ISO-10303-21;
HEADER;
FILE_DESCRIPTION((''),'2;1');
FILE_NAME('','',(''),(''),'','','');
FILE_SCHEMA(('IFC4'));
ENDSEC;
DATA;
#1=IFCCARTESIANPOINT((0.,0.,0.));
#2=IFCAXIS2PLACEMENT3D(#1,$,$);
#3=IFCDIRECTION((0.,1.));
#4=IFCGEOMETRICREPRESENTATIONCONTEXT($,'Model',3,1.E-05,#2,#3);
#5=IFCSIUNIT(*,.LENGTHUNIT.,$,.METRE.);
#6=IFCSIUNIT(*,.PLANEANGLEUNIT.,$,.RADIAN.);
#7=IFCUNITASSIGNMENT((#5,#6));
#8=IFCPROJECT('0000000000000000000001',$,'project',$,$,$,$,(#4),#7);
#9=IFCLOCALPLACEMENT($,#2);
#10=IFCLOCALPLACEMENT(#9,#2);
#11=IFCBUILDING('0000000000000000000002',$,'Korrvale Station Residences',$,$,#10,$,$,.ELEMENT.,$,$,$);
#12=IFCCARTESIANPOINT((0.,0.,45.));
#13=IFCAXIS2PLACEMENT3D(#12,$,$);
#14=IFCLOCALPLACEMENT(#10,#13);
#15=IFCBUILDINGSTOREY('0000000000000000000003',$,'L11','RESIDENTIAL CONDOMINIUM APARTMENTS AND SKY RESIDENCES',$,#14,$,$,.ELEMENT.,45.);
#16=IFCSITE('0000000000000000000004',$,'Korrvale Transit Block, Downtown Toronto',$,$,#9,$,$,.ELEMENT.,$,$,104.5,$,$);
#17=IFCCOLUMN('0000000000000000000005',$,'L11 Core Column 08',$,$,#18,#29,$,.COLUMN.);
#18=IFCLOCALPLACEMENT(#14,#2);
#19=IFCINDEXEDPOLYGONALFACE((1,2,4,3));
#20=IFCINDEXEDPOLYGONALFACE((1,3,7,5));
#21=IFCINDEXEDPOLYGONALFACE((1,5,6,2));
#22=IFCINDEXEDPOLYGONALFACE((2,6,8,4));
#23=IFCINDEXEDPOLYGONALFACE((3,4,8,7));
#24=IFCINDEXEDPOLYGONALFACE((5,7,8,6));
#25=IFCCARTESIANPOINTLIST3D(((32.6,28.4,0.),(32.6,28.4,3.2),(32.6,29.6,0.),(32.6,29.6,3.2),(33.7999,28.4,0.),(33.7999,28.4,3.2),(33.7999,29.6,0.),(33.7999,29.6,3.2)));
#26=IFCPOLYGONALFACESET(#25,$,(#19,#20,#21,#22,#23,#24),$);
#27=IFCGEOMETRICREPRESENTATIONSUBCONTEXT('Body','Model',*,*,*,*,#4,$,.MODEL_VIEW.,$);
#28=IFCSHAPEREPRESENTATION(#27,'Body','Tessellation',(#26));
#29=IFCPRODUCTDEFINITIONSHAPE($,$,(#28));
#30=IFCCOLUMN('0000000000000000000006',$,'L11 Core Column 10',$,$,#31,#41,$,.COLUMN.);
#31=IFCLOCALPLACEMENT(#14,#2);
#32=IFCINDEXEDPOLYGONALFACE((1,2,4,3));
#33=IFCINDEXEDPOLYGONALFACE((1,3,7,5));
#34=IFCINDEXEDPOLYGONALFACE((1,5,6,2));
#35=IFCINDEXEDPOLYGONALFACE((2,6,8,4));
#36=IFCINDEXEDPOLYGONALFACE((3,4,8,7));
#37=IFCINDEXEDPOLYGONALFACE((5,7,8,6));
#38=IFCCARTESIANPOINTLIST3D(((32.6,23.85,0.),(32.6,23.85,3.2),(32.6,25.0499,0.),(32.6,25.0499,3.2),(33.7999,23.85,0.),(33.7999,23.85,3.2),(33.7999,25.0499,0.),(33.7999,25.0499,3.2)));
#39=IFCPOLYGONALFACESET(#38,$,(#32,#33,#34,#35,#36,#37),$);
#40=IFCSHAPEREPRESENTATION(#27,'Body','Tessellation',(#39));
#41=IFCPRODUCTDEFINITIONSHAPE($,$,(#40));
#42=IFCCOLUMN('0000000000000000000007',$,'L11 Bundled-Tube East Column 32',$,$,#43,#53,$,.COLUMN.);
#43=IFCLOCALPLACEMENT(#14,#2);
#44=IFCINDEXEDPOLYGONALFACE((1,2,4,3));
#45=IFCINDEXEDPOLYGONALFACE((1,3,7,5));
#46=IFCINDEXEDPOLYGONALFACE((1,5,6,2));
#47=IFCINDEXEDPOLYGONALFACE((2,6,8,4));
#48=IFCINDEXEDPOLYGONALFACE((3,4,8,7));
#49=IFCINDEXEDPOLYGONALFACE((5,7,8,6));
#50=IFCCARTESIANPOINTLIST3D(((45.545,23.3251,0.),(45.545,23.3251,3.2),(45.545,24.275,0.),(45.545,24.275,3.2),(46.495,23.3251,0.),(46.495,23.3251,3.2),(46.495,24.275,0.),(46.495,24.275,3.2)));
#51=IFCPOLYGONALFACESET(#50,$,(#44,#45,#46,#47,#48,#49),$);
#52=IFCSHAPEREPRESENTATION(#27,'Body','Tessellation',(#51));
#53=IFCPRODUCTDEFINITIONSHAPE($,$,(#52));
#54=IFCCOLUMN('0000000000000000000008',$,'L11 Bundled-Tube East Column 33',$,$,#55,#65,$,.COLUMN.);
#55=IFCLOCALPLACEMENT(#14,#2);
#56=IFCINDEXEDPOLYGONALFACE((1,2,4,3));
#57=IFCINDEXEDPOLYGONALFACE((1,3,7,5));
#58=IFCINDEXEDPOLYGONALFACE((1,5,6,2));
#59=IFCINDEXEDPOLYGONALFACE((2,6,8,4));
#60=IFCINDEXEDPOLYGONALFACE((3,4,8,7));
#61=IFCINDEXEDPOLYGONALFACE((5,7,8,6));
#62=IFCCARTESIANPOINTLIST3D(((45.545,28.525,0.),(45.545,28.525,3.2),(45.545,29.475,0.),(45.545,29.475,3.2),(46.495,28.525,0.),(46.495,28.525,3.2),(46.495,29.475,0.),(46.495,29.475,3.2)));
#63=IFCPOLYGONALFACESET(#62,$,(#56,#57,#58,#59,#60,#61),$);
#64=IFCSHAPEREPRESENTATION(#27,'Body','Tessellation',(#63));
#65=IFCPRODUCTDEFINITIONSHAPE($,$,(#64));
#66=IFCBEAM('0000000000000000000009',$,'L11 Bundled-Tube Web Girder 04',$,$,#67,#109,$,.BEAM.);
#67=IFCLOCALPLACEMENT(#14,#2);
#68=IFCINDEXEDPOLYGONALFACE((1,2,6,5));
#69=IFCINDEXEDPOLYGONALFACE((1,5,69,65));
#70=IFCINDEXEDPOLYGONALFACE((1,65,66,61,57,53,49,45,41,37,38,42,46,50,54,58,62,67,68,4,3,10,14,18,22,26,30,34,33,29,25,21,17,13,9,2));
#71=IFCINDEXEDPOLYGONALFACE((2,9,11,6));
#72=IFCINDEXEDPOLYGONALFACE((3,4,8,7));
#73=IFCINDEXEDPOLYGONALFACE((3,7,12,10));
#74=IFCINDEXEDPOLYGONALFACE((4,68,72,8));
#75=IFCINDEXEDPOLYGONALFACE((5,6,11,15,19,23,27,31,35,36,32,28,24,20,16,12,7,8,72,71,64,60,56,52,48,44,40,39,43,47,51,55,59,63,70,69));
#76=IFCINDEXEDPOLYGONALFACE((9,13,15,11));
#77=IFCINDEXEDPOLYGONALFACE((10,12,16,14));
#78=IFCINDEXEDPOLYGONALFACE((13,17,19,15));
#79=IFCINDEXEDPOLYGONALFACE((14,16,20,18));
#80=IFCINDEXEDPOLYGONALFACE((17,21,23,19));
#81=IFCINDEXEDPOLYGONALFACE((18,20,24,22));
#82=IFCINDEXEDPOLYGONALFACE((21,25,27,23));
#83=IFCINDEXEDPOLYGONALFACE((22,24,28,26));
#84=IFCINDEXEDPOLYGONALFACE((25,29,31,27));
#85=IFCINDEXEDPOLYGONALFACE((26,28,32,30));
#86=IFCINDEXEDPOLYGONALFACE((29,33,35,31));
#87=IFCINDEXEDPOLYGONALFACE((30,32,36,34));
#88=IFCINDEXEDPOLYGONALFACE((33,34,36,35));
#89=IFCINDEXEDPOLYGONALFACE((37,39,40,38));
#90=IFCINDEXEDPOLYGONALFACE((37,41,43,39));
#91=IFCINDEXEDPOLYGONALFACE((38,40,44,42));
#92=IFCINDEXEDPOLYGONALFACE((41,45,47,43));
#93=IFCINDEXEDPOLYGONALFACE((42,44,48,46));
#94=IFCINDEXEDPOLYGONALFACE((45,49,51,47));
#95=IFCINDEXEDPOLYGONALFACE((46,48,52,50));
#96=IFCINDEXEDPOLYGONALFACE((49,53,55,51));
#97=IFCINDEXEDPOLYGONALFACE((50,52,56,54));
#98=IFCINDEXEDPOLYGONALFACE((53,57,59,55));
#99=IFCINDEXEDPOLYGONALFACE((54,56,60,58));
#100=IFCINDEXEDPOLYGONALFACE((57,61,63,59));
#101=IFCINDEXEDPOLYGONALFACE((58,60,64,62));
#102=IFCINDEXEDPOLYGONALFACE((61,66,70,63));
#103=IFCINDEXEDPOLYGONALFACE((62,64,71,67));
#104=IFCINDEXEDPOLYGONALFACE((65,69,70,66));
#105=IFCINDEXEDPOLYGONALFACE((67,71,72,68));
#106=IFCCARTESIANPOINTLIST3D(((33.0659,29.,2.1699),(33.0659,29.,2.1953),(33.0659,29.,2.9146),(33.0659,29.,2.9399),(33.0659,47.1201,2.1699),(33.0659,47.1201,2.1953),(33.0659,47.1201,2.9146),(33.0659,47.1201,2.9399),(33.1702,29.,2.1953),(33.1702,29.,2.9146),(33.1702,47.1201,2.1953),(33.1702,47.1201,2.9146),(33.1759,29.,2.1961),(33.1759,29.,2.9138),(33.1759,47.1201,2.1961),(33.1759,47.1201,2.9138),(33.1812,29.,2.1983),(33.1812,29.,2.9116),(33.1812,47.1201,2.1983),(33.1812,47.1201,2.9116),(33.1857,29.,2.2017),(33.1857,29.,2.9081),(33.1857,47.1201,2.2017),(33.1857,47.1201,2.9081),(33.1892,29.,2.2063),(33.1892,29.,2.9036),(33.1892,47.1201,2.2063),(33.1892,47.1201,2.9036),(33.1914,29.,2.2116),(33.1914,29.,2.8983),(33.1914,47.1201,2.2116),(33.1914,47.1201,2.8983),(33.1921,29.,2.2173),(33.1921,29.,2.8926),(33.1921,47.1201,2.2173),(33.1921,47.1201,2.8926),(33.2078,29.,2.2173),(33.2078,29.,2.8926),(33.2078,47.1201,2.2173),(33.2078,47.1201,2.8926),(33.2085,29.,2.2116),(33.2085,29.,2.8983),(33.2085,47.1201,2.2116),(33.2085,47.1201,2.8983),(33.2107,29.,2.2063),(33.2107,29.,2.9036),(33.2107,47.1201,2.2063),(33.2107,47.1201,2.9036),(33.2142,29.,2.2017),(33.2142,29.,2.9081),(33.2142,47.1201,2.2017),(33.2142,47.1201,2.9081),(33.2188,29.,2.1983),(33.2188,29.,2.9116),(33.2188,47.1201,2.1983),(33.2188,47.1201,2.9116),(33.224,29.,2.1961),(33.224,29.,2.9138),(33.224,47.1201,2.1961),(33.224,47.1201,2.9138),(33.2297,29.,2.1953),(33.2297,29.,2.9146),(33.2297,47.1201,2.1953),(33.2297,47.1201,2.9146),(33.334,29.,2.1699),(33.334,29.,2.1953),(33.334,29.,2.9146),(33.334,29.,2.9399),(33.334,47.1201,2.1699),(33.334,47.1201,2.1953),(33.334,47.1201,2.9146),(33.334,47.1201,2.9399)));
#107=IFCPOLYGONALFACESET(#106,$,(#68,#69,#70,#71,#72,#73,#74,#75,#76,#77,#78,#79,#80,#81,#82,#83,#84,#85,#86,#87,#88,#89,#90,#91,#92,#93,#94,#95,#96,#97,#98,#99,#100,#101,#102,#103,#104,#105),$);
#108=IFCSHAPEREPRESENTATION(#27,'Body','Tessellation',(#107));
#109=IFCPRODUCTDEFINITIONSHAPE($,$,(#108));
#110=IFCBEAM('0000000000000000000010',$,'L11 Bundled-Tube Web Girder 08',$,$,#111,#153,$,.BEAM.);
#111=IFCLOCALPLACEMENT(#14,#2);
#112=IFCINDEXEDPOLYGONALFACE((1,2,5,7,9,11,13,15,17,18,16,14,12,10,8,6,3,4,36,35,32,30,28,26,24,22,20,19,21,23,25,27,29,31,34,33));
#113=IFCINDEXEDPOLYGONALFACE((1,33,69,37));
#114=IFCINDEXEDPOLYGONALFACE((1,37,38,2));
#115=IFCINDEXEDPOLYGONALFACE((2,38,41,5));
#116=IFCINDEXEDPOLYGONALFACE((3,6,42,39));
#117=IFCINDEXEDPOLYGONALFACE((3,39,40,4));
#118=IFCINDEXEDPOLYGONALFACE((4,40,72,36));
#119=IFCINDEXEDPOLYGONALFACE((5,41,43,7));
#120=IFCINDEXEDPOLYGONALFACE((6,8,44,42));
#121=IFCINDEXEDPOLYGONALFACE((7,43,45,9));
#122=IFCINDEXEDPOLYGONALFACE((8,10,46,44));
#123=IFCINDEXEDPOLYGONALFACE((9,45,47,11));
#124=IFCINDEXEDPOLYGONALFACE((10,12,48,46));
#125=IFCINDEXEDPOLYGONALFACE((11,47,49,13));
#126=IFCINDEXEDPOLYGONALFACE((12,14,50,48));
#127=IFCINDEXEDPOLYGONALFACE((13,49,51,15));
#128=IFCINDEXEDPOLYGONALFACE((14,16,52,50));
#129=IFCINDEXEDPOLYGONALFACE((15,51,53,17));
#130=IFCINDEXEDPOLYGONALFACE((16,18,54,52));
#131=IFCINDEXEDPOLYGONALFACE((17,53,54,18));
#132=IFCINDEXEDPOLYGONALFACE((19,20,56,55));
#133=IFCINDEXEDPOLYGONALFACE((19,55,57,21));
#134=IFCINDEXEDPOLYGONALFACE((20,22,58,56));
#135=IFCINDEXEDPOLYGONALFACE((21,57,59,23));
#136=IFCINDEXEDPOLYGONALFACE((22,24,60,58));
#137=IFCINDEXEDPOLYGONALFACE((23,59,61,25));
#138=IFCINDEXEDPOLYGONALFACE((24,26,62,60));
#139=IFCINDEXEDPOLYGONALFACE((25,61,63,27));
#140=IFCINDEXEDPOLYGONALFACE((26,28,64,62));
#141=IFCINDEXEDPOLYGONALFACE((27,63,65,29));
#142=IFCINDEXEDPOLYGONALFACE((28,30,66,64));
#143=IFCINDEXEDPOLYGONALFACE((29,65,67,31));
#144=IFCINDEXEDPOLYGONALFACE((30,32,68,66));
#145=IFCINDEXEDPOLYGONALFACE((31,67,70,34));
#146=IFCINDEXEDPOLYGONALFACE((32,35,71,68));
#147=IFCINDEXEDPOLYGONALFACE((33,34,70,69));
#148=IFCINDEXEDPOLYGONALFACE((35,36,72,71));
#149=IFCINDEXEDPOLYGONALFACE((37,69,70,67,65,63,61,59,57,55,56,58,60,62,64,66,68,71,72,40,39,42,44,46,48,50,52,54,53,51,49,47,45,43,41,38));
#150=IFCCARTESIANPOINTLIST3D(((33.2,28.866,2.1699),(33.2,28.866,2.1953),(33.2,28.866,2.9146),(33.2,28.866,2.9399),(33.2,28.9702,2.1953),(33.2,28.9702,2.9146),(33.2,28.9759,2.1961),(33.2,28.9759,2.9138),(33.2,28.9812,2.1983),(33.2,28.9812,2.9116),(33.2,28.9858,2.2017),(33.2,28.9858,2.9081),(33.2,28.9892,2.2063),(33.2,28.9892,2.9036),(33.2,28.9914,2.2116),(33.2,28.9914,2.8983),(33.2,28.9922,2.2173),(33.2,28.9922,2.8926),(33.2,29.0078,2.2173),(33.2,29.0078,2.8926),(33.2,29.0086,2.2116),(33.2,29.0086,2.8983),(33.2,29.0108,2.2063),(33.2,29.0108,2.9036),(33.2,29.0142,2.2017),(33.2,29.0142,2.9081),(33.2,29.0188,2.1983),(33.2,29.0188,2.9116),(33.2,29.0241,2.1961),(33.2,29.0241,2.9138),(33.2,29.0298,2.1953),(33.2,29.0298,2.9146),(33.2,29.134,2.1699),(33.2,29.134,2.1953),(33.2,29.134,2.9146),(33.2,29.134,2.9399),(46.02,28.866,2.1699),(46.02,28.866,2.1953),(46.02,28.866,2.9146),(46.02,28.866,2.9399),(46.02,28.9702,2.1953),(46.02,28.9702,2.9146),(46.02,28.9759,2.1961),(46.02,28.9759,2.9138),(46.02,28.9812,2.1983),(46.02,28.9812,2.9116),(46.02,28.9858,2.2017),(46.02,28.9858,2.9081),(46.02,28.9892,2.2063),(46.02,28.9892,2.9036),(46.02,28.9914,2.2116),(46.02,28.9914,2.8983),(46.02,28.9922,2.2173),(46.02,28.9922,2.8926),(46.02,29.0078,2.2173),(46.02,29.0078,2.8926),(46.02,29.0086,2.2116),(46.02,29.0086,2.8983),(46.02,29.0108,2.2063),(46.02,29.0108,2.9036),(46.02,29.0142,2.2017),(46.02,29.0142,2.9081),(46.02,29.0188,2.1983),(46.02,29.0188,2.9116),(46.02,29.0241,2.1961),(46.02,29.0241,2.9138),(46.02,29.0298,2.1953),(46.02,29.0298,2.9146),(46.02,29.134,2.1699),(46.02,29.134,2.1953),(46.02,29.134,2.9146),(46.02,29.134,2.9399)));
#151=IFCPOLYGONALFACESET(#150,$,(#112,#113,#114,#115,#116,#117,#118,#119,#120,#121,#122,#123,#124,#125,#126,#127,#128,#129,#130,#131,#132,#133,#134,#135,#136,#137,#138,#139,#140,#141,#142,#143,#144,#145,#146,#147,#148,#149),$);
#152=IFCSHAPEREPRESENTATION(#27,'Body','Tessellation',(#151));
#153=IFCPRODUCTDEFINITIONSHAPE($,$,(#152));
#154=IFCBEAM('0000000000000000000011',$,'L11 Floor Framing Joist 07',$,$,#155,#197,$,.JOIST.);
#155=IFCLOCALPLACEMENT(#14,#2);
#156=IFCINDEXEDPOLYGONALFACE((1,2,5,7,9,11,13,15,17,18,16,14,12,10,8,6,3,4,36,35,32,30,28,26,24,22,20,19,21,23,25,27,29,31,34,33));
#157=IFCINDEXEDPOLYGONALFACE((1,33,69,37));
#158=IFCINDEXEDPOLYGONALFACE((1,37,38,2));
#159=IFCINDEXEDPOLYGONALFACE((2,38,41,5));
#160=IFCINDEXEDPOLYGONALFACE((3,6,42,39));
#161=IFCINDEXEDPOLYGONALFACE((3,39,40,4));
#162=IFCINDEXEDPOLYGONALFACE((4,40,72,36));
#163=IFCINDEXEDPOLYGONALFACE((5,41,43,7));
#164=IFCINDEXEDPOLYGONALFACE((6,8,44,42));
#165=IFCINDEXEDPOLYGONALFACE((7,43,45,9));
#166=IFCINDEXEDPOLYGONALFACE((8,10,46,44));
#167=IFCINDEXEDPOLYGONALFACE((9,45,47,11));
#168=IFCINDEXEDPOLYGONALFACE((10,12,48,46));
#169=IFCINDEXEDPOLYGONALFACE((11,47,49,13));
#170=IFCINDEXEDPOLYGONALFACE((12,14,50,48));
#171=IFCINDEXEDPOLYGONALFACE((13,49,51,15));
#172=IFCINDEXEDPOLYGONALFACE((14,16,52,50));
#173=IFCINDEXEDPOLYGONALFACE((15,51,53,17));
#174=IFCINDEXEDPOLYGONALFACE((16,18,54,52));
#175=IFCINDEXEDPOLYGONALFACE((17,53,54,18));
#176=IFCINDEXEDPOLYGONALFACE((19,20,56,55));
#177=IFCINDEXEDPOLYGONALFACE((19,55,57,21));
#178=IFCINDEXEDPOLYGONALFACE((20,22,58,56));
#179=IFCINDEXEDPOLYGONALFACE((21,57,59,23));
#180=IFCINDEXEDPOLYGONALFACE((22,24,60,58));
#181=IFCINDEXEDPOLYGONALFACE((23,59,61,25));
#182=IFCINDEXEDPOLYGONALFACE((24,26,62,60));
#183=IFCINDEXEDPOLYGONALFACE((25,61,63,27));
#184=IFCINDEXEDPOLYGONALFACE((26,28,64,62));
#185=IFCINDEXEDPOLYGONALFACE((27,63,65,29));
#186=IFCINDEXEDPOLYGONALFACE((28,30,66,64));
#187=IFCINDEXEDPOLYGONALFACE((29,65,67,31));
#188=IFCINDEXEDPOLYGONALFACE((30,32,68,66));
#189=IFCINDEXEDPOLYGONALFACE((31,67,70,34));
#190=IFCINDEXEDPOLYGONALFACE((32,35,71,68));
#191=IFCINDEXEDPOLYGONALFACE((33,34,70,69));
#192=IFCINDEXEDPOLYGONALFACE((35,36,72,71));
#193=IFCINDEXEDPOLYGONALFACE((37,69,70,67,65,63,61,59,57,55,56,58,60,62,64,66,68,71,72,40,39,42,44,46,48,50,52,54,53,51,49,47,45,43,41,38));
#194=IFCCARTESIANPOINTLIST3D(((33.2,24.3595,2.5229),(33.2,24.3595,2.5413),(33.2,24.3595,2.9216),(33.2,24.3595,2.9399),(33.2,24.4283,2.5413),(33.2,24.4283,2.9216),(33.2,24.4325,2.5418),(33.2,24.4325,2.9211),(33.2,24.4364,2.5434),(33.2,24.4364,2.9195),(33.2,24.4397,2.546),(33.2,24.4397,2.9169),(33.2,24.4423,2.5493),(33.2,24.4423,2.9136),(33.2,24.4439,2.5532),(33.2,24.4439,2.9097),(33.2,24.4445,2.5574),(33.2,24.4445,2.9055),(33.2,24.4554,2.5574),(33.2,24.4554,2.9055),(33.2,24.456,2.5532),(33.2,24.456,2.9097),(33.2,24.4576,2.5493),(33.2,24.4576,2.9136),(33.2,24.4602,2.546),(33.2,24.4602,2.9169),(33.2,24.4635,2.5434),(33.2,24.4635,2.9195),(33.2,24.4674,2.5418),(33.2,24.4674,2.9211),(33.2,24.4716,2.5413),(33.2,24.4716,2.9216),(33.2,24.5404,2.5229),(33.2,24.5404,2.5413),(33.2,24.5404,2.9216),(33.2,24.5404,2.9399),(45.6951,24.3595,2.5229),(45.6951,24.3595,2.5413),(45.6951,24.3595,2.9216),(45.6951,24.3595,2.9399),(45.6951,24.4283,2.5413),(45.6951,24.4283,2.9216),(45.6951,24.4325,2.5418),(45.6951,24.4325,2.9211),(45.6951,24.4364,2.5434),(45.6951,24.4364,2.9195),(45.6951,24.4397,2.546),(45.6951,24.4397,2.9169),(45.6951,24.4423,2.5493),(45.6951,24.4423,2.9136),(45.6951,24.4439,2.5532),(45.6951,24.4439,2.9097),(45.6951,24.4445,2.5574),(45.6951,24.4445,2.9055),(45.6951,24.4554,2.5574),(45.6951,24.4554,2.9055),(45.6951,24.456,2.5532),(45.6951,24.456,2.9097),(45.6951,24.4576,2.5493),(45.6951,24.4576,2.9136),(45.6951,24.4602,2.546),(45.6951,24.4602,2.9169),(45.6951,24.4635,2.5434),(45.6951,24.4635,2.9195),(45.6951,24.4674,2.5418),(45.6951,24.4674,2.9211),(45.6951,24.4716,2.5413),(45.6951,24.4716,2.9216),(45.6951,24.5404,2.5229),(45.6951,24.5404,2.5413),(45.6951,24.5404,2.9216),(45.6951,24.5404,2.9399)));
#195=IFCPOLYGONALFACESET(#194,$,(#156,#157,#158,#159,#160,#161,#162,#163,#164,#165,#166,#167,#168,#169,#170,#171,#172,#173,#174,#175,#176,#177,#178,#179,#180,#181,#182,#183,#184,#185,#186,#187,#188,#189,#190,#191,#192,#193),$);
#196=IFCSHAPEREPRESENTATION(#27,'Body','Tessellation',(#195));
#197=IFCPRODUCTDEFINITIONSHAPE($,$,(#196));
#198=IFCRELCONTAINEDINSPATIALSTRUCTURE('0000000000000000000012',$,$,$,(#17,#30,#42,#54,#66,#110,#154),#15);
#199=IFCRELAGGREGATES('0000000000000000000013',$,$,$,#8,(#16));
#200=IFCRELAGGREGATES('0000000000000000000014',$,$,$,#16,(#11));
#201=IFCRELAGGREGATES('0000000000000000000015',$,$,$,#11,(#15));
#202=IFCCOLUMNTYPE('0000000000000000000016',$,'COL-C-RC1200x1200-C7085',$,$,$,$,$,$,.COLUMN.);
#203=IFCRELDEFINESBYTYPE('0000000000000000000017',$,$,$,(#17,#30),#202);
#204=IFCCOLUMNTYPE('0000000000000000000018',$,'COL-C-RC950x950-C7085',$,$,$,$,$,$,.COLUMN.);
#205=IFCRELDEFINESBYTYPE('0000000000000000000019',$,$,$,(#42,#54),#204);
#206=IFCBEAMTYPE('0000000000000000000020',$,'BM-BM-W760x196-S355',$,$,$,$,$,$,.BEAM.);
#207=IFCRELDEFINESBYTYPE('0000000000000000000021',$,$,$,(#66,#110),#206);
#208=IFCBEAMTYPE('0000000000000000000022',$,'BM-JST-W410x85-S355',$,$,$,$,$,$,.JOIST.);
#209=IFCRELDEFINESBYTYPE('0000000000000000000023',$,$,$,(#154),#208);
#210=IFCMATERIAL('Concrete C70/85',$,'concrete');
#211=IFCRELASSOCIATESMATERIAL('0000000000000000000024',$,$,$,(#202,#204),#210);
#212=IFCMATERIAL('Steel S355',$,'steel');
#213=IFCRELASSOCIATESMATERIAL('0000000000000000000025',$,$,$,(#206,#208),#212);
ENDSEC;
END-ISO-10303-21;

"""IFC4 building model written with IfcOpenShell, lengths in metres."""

from ifc_helpers import new_model, si_unit, direction, frame, origin, origin_2d, place, context, subcontext, project, spatial, rectangle, i_section, extrude, material, material_profile, profile_set, type_object, element, save


model = new_model("IFC4")

# Units and contexts
model_context = context("Model", 3, precision=1e-05, world=origin(), true_north=direction((0.0, 1.0)))
body_context = subcontext(model_context, "Body", "Model", "MODEL_VIEW")
ifc_project = project(units=[si_unit("LENGTHUNIT", "METRE"), si_unit("PLANEANGLEUNIT", "RADIAN")], contexts=[model_context])

# Site, building, storey
site_placement = place(None, origin())
site = spatial("IfcSite", under=ifc_project, at=site_placement, Name="Korrvale Transit Block, Downtown Toronto", CompositionType="ELEMENT", RefElevation=104.5)
building_placement = place(site_placement, origin())
building = spatial("IfcBuilding", under=site, at=building_placement, Name="Korrvale Station Residences", CompositionType="ELEMENT")
storey_placement = place(building_placement, frame((0.0, 0.0, 45.0)))
storey = spatial("IfcBuildingStorey", under=building, at=storey_placement, Name="L11", Description="RESIDENTIAL CONDOMINIUM APARTMENTS AND SKY RESIDENCES", CompositionType="ELEMENT", Elevation=45.0)

# Columns
ifc_material_1 = material(Name="Concrete C70/85", Category="concrete")
ifc_material_profile_1 = material_profile(ifc_material_1, rectangle(XDim=1.2, YDim=1.2, at=origin_2d()), Name="RC1200x1200")
ifc_profile_set_1 = profile_set([ifc_material_profile_1], Name="Concrete C70/85")
column_type_1 = type_object("IfcColumnType", Name="COL-C-RC1200x1200-C7085", PredefinedType="COLUMN", material=ifc_profile_set_1)
for number, where, z_axis, x_axis, name in (
    (1, (33.2, 29.0, 0.0), (0.0, 0.0, 1.0), (1.0, 0.0, 0.0), "L11 Core Column 08"),
    (2, (33.2, 24.45, 0.0), (0.0, 0.0, 1.0), (1.0, 0.0, 0.0), "L11 Core Column 10"),
):
    element("IfcColumn", number, at=place(storey_placement, frame(where, z_axis=z_axis, x_axis=x_axis)), inside=storey, type_object=column_type_1, Name=name, PredefinedType="COLUMN", context=body_context, shape_type="SweptSolid", body=[
        extrude(rectangle(XDim=1.2, YDim=1.2, at=origin_2d()), origin(), (0.0, 0.0, 1.0), 3.2),
    ])
ifc_material_profile_2 = material_profile(ifc_material_1, rectangle(XDim=0.95, YDim=0.95, at=origin_2d()), Name="RC950x950")
ifc_profile_set_2 = profile_set([ifc_material_profile_2], Name="Concrete C70/85")
column_type_2 = type_object("IfcColumnType", Name="COL-C-RC950x950-C7085", PredefinedType="COLUMN", material=ifc_profile_set_2)
for number, where, z_axis, x_axis, name in (
    (3, (46.02, 23.8, 0.0), (0.0, 0.0, 1.0), (1.0, 0.0, 0.0), "L11 Bundled-Tube East Column 32"),
    (4, (46.02, 29.0, 0.0), (0.0, 0.0, 1.0), (1.0, 0.0, 0.0), "L11 Bundled-Tube East Column 33"),
):
    element("IfcColumn", number, at=place(storey_placement, frame(where, z_axis=z_axis, x_axis=x_axis)), inside=storey, type_object=column_type_2, Name=name, PredefinedType="COLUMN", context=body_context, shape_type="SweptSolid", body=[
        extrude(rectangle(XDim=0.95, YDim=0.95, at=origin_2d()), origin(), (0.0, 0.0, 1.0), 3.2),
    ])

# Beams
ifc_material_2 = material(Name="Steel S355", Category="steel")
ifc_material_profile_3 = material_profile(ifc_material_2, i_section(OverallWidth=0.2681, OverallDepth=0.77, WebThickness=0.0156, FlangeThickness=0.0254, FilletRadius=0.022, at=origin_2d()), Name="W760x196")
ifc_profile_set_3 = profile_set([ifc_material_profile_3], Name="Steel S355")
beam_type_1 = type_object("IfcBeamType", Name="BM-BM-W760x196-S355", PredefinedType="BEAM", material=ifc_profile_set_3)
beam_1_placement = place(storey_placement, frame((33.2, 29.0, 2.5549), z_axis=(0.0, 1.0, 0.0), x_axis=(-1.0, 0.0, 0.0)))
element("IfcBeam", 5, at=beam_1_placement, inside=storey, type_object=beam_type_1, Name="L11 Bundled-Tube Web Girder 04", PredefinedType="BEAM", context=body_context, shape_type="SweptSolid", body=[
    extrude(i_section(OverallWidth=0.2681, OverallDepth=0.77, WebThickness=0.0156, FlangeThickness=0.0254, FilletRadius=0.022, at=origin_2d()), origin(), (0.0, 0.0, 1.0), 18.1201),
])
beam_2_placement = place(storey_placement, frame((33.2, 29.0, 2.5549), z_axis=(1.0, 0.0, 0.0), x_axis=(0.0, 1.0, 0.0)))
element("IfcBeam", 6, at=beam_2_placement, inside=storey, type_object=beam_type_1, Name="L11 Bundled-Tube Web Girder 08", PredefinedType="BEAM", context=body_context, shape_type="SweptSolid", body=[
    extrude(i_section(OverallWidth=0.2681, OverallDepth=0.77, WebThickness=0.0156, FlangeThickness=0.0254, FilletRadius=0.022, at=origin_2d()), origin(), (0.0, 0.0, 1.0), 12.8201),
])
ifc_material_profile_4 = material_profile(ifc_material_2, i_section(OverallWidth=0.1809, OverallDepth=0.417, WebThickness=0.011, FlangeThickness=0.0183, FilletRadius=0.0161, at=origin_2d()), Name="W410x85")
ifc_profile_set_4 = profile_set([ifc_material_profile_4], Name="Steel S355")
beam_type_2 = type_object("IfcBeamType", Name="BM-JST-W410x85-S355", PredefinedType="JOIST", material=ifc_profile_set_4)
beam_3_placement = place(storey_placement, frame((33.2, 24.45, 2.7314), z_axis=(1.0, 0.0, 0.0), x_axis=(0.0, 1.0, 0.0)))
element("IfcBeam", 7, at=beam_3_placement, inside=storey, type_object=beam_type_2, Name="L11 Floor Framing Joist 07", PredefinedType="JOIST", context=body_context, shape_type="SweptSolid", body=[
    extrude(i_section(OverallWidth=0.1809, OverallDepth=0.417, WebThickness=0.011, FlangeThickness=0.0183, FilletRadius=0.0161, at=origin_2d()), origin(), (0.0, 0.0, 1.0), 12.4951),
])

save(model, "model.ifc")
